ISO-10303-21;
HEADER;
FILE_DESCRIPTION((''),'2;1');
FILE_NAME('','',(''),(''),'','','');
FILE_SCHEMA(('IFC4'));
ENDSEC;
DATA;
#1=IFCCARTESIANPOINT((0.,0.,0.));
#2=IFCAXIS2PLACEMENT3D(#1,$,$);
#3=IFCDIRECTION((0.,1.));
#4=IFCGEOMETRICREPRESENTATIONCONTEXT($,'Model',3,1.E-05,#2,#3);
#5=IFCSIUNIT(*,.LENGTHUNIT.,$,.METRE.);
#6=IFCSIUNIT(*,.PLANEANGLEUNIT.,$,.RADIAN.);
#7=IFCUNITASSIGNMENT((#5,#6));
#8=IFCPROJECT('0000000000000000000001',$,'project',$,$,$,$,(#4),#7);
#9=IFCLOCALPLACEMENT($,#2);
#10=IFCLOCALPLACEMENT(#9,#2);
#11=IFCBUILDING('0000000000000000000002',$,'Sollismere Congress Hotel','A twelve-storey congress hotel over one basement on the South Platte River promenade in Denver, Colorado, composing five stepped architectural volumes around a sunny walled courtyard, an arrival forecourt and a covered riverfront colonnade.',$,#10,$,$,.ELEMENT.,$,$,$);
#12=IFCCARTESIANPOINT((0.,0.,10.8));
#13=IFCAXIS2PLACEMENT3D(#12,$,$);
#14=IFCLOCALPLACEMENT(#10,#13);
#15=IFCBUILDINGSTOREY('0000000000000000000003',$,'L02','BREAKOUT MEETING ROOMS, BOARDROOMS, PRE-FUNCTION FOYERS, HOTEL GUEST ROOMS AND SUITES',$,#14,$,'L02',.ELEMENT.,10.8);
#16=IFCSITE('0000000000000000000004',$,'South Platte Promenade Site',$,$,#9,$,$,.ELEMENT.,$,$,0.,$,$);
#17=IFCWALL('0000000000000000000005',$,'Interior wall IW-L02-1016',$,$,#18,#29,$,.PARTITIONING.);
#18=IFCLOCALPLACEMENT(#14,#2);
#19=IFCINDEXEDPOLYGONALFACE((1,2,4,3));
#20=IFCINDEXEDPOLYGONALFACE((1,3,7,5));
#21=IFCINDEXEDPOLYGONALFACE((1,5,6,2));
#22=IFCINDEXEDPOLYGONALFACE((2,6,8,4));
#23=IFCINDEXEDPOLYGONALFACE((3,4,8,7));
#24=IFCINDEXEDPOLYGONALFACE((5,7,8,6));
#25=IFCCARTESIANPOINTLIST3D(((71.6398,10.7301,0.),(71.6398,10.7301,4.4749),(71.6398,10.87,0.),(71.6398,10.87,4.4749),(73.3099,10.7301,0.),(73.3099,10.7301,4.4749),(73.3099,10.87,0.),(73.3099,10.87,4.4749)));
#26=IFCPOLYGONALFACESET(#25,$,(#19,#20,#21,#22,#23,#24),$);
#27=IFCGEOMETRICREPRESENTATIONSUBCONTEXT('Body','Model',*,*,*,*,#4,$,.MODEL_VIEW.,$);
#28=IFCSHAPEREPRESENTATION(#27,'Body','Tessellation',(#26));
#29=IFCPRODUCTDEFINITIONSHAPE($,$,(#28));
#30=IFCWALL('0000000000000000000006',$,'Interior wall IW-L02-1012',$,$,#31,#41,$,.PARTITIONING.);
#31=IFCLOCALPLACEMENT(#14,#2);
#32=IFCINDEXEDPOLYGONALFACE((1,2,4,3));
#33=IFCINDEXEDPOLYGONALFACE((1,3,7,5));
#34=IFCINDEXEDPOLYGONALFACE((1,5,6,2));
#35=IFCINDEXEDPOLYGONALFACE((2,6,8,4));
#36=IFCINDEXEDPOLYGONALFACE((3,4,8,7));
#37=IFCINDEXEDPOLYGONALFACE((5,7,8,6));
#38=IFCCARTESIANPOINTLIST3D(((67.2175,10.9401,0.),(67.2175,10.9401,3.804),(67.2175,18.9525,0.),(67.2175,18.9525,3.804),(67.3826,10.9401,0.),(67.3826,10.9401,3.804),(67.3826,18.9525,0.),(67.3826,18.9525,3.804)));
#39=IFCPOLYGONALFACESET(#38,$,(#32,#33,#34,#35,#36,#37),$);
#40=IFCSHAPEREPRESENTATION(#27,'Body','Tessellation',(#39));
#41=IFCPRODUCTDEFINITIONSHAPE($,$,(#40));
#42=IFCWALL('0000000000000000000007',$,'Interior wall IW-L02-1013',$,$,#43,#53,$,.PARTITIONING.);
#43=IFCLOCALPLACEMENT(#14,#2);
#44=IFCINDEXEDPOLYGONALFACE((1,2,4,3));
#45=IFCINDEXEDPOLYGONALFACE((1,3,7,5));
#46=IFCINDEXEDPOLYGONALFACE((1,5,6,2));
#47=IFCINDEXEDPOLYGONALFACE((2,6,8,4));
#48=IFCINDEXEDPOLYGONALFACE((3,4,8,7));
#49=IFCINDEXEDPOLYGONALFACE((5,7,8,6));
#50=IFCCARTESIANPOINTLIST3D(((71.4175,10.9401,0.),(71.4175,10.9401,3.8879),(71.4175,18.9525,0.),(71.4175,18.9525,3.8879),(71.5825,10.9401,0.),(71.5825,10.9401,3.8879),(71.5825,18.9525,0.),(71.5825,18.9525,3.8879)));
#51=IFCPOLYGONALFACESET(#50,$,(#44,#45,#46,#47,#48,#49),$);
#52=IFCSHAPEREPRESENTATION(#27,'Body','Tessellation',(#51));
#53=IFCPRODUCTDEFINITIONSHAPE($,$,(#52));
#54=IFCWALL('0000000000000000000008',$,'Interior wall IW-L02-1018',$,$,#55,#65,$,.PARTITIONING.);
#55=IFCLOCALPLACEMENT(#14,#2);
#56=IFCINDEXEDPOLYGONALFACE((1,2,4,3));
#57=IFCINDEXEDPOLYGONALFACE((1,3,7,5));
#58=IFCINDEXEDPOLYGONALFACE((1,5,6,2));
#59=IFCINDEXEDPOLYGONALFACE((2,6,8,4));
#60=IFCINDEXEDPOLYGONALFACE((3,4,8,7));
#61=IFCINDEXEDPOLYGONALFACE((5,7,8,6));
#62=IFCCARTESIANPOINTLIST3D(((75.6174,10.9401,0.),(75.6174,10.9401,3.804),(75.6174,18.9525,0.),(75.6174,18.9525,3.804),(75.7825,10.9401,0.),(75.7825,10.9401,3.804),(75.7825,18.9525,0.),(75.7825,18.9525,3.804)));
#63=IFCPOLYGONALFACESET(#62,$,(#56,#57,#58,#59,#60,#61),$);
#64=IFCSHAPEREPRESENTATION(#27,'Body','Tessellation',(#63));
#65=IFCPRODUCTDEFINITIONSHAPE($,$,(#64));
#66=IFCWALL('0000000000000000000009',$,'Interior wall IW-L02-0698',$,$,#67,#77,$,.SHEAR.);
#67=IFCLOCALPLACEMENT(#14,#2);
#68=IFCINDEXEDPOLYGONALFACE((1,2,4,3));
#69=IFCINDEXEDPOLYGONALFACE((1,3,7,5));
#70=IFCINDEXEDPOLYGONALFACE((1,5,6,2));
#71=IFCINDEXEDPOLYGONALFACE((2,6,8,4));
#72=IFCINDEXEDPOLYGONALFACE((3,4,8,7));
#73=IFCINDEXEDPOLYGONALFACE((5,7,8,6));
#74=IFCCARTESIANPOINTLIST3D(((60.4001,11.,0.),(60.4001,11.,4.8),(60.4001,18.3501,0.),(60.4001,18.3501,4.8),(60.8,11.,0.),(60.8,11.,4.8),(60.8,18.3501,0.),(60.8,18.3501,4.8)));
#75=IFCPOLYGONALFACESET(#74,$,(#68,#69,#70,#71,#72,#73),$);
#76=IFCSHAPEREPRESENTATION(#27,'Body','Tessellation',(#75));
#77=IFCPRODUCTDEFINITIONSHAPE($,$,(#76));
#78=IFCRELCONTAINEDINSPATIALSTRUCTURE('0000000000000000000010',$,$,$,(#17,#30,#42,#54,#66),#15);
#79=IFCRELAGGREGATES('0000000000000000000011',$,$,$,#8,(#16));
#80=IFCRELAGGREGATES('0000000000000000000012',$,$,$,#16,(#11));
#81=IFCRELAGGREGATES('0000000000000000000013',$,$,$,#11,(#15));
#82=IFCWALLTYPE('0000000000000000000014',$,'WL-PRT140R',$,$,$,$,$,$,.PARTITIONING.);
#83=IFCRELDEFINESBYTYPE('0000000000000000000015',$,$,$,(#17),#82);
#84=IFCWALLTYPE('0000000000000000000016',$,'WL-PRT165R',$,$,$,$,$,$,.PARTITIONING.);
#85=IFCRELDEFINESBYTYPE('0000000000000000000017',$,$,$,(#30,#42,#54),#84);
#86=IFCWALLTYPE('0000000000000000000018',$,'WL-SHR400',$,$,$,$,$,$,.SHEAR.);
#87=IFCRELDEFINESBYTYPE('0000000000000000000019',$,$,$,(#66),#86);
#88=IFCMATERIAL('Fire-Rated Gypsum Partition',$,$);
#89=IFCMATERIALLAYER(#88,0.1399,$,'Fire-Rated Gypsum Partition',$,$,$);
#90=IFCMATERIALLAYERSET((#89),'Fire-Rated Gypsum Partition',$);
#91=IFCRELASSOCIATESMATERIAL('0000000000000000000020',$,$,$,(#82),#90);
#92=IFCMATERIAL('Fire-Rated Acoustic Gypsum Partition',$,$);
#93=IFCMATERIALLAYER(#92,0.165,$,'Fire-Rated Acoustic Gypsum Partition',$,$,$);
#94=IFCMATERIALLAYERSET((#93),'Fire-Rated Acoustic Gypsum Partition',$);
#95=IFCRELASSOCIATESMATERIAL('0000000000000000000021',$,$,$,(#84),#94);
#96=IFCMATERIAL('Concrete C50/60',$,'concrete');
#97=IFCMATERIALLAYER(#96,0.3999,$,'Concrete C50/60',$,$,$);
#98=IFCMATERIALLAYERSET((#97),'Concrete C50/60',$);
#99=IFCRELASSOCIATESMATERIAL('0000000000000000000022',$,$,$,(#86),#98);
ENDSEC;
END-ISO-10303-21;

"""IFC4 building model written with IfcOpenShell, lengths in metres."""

from ifc_helpers import new_model, si_unit, direction, frame, frame_2d, origin, place, context, subcontext, project, spatial, rectangle, extrude, material, layer, layer_set, type_object, element, save


model = new_model("IFC4")

# Units and contexts
model_context = context("Model", 3, precision=1e-05, world=origin(), true_north=direction((0.0, 1.0)))
body_context = subcontext(model_context, "Body", "Model", "MODEL_VIEW")
ifc_project = project(units=[si_unit("LENGTHUNIT", "METRE"), si_unit("PLANEANGLEUNIT", "RADIAN")], contexts=[model_context])

# Site, building, storey
site_placement = place(None, origin())
site = spatial("IfcSite", under=ifc_project, at=site_placement, Name="South Platte Promenade Site", CompositionType="ELEMENT", RefElevation=0.0)
building_placement = place(site_placement, origin())
building = spatial("IfcBuilding", under=site, at=building_placement, Name="Sollismere Congress Hotel", Description="A twelve-storey congress hotel over one basement on the South Platte River promenade in Denver, Colorado, composing five stepped architectural volumes around a sunny walled courtyard, an arrival forecourt and a covered riverfront colonnade.", CompositionType="ELEMENT")
storey_placement = place(building_placement, frame((0.0, 0.0, 10.8)))
storey = spatial("IfcBuildingStorey", under=building, at=storey_placement, Name="L02", Description="BREAKOUT MEETING ROOMS, BOARDROOMS, PRE-FUNCTION FOYERS, HOTEL GUEST ROOMS AND SUITES", LongName="L02", CompositionType="ELEMENT", Elevation=10.8)

# Shared definitions
ifc_material_1 = material(Name="Fire-Rated Gypsum Partition")
ifc_layer_1 = layer(ifc_material_1, 0.1399, Name="Fire-Rated Gypsum Partition")
ifc_layer_set_1 = layer_set([ifc_layer_1], Name="Fire-Rated Gypsum Partition")
wall_type_1 = type_object("IfcWallType", Name="WL-PRT140R", PredefinedType="PARTITIONING", material=ifc_layer_set_1)

# Wall
wall_1_placement = place(storey_placement, frame((71.6399, 10.8, 0.0), z_axis=(0.0, 0.0, 1.0), x_axis=(1.0, 0.0, 0.0)))
element("IfcWall", 1, at=wall_1_placement, inside=storey, type_object=wall_type_1, Name="Interior wall IW-L02-1016", PredefinedType="PARTITIONING", context=body_context, shape_type="SweptSolid", body=[
    extrude(rectangle(XDim=1.6702, YDim=0.1399, at=frame_2d((0.835, 0.0))), origin(), (0.0, 0.0, 1.0), 4.4749),
])

# Walls
ifc_material_2 = material(Name="Fire-Rated Acoustic Gypsum Partition")
ifc_layer_2 = layer(ifc_material_2, 0.165, Name="Fire-Rated Acoustic Gypsum Partition")
ifc_layer_set_2 = layer_set([ifc_layer_2], Name="Fire-Rated Acoustic Gypsum Partition")
wall_type_2 = type_object("IfcWallType", Name="WL-PRT165R", PredefinedType="PARTITIONING", material=ifc_layer_set_2)
wall_2_placement = place(storey_placement, frame((67.3, 10.9399, 0.0), z_axis=(0.0, 0.0, 1.0), x_axis=(0.0, 1.0, 0.0)))
element("IfcWall", 2, at=wall_2_placement, inside=storey, type_object=wall_type_2, Name="Interior wall IW-L02-1012", PredefinedType="PARTITIONING", context=body_context, shape_type="SweptSolid", body=[
    extrude(rectangle(XDim=8.0125, YDim=0.165, at=frame_2d((4.0063, 0.0))), origin(), (0.0, 0.0, 1.0), 3.804),
])
wall_3_placement = place(storey_placement, frame((71.5, 10.9399, 0.0), z_axis=(0.0, 0.0, 1.0), x_axis=(0.0, 1.0, 0.0)))
element("IfcWall", 3, at=wall_3_placement, inside=storey, type_object=wall_type_2, Name="Interior wall IW-L02-1013", PredefinedType="PARTITIONING", context=body_context, shape_type="SweptSolid", body=[
    extrude(rectangle(XDim=8.0125, YDim=0.165, at=frame_2d((4.0063, 0.0))), origin(), (0.0, 0.0, 1.0), 3.8879),
])
wall_4_placement = place(storey_placement, frame((75.7, 10.9399, 0.0), z_axis=(0.0, 0.0, 1.0), x_axis=(0.0, 1.0, 0.0)))
element("IfcWall", 4, at=wall_4_placement, inside=storey, type_object=wall_type_2, Name="Interior wall IW-L02-1018", PredefinedType="PARTITIONING", context=body_context, shape_type="SweptSolid", body=[
    extrude(rectangle(XDim=8.0125, YDim=0.165, at=frame_2d((4.0063, 0.0))), origin(), (0.0, 0.0, 1.0), 3.804),
])
ifc_material_3 = material(Name="Concrete C50/60", Category="concrete")
ifc_layer_3 = layer(ifc_material_3, 0.3999, Name="Concrete C50/60")
ifc_layer_set_3 = layer_set([ifc_layer_3], Name="Concrete C50/60")
wall_type_3 = type_object("IfcWallType", Name="WL-SHR400", PredefinedType="SHEAR", material=ifc_layer_set_3)
wall_5_placement = place(storey_placement, frame((60.6001, 11.0, 0.0), z_axis=(0.0, 0.0, 1.0), x_axis=(0.0, 1.0, 0.0)))
element("IfcWall", 5, at=wall_5_placement, inside=storey, type_object=wall_type_3, Name="Interior wall IW-L02-0698", PredefinedType="SHEAR", context=body_context, shape_type="SweptSolid", body=[
    extrude(rectangle(XDim=7.3501, YDim=0.3999, at=frame_2d((3.675, 0.0))), origin(), (0.0, 0.0, 1.0), 4.8),
])

save(model, "model.ifc")
